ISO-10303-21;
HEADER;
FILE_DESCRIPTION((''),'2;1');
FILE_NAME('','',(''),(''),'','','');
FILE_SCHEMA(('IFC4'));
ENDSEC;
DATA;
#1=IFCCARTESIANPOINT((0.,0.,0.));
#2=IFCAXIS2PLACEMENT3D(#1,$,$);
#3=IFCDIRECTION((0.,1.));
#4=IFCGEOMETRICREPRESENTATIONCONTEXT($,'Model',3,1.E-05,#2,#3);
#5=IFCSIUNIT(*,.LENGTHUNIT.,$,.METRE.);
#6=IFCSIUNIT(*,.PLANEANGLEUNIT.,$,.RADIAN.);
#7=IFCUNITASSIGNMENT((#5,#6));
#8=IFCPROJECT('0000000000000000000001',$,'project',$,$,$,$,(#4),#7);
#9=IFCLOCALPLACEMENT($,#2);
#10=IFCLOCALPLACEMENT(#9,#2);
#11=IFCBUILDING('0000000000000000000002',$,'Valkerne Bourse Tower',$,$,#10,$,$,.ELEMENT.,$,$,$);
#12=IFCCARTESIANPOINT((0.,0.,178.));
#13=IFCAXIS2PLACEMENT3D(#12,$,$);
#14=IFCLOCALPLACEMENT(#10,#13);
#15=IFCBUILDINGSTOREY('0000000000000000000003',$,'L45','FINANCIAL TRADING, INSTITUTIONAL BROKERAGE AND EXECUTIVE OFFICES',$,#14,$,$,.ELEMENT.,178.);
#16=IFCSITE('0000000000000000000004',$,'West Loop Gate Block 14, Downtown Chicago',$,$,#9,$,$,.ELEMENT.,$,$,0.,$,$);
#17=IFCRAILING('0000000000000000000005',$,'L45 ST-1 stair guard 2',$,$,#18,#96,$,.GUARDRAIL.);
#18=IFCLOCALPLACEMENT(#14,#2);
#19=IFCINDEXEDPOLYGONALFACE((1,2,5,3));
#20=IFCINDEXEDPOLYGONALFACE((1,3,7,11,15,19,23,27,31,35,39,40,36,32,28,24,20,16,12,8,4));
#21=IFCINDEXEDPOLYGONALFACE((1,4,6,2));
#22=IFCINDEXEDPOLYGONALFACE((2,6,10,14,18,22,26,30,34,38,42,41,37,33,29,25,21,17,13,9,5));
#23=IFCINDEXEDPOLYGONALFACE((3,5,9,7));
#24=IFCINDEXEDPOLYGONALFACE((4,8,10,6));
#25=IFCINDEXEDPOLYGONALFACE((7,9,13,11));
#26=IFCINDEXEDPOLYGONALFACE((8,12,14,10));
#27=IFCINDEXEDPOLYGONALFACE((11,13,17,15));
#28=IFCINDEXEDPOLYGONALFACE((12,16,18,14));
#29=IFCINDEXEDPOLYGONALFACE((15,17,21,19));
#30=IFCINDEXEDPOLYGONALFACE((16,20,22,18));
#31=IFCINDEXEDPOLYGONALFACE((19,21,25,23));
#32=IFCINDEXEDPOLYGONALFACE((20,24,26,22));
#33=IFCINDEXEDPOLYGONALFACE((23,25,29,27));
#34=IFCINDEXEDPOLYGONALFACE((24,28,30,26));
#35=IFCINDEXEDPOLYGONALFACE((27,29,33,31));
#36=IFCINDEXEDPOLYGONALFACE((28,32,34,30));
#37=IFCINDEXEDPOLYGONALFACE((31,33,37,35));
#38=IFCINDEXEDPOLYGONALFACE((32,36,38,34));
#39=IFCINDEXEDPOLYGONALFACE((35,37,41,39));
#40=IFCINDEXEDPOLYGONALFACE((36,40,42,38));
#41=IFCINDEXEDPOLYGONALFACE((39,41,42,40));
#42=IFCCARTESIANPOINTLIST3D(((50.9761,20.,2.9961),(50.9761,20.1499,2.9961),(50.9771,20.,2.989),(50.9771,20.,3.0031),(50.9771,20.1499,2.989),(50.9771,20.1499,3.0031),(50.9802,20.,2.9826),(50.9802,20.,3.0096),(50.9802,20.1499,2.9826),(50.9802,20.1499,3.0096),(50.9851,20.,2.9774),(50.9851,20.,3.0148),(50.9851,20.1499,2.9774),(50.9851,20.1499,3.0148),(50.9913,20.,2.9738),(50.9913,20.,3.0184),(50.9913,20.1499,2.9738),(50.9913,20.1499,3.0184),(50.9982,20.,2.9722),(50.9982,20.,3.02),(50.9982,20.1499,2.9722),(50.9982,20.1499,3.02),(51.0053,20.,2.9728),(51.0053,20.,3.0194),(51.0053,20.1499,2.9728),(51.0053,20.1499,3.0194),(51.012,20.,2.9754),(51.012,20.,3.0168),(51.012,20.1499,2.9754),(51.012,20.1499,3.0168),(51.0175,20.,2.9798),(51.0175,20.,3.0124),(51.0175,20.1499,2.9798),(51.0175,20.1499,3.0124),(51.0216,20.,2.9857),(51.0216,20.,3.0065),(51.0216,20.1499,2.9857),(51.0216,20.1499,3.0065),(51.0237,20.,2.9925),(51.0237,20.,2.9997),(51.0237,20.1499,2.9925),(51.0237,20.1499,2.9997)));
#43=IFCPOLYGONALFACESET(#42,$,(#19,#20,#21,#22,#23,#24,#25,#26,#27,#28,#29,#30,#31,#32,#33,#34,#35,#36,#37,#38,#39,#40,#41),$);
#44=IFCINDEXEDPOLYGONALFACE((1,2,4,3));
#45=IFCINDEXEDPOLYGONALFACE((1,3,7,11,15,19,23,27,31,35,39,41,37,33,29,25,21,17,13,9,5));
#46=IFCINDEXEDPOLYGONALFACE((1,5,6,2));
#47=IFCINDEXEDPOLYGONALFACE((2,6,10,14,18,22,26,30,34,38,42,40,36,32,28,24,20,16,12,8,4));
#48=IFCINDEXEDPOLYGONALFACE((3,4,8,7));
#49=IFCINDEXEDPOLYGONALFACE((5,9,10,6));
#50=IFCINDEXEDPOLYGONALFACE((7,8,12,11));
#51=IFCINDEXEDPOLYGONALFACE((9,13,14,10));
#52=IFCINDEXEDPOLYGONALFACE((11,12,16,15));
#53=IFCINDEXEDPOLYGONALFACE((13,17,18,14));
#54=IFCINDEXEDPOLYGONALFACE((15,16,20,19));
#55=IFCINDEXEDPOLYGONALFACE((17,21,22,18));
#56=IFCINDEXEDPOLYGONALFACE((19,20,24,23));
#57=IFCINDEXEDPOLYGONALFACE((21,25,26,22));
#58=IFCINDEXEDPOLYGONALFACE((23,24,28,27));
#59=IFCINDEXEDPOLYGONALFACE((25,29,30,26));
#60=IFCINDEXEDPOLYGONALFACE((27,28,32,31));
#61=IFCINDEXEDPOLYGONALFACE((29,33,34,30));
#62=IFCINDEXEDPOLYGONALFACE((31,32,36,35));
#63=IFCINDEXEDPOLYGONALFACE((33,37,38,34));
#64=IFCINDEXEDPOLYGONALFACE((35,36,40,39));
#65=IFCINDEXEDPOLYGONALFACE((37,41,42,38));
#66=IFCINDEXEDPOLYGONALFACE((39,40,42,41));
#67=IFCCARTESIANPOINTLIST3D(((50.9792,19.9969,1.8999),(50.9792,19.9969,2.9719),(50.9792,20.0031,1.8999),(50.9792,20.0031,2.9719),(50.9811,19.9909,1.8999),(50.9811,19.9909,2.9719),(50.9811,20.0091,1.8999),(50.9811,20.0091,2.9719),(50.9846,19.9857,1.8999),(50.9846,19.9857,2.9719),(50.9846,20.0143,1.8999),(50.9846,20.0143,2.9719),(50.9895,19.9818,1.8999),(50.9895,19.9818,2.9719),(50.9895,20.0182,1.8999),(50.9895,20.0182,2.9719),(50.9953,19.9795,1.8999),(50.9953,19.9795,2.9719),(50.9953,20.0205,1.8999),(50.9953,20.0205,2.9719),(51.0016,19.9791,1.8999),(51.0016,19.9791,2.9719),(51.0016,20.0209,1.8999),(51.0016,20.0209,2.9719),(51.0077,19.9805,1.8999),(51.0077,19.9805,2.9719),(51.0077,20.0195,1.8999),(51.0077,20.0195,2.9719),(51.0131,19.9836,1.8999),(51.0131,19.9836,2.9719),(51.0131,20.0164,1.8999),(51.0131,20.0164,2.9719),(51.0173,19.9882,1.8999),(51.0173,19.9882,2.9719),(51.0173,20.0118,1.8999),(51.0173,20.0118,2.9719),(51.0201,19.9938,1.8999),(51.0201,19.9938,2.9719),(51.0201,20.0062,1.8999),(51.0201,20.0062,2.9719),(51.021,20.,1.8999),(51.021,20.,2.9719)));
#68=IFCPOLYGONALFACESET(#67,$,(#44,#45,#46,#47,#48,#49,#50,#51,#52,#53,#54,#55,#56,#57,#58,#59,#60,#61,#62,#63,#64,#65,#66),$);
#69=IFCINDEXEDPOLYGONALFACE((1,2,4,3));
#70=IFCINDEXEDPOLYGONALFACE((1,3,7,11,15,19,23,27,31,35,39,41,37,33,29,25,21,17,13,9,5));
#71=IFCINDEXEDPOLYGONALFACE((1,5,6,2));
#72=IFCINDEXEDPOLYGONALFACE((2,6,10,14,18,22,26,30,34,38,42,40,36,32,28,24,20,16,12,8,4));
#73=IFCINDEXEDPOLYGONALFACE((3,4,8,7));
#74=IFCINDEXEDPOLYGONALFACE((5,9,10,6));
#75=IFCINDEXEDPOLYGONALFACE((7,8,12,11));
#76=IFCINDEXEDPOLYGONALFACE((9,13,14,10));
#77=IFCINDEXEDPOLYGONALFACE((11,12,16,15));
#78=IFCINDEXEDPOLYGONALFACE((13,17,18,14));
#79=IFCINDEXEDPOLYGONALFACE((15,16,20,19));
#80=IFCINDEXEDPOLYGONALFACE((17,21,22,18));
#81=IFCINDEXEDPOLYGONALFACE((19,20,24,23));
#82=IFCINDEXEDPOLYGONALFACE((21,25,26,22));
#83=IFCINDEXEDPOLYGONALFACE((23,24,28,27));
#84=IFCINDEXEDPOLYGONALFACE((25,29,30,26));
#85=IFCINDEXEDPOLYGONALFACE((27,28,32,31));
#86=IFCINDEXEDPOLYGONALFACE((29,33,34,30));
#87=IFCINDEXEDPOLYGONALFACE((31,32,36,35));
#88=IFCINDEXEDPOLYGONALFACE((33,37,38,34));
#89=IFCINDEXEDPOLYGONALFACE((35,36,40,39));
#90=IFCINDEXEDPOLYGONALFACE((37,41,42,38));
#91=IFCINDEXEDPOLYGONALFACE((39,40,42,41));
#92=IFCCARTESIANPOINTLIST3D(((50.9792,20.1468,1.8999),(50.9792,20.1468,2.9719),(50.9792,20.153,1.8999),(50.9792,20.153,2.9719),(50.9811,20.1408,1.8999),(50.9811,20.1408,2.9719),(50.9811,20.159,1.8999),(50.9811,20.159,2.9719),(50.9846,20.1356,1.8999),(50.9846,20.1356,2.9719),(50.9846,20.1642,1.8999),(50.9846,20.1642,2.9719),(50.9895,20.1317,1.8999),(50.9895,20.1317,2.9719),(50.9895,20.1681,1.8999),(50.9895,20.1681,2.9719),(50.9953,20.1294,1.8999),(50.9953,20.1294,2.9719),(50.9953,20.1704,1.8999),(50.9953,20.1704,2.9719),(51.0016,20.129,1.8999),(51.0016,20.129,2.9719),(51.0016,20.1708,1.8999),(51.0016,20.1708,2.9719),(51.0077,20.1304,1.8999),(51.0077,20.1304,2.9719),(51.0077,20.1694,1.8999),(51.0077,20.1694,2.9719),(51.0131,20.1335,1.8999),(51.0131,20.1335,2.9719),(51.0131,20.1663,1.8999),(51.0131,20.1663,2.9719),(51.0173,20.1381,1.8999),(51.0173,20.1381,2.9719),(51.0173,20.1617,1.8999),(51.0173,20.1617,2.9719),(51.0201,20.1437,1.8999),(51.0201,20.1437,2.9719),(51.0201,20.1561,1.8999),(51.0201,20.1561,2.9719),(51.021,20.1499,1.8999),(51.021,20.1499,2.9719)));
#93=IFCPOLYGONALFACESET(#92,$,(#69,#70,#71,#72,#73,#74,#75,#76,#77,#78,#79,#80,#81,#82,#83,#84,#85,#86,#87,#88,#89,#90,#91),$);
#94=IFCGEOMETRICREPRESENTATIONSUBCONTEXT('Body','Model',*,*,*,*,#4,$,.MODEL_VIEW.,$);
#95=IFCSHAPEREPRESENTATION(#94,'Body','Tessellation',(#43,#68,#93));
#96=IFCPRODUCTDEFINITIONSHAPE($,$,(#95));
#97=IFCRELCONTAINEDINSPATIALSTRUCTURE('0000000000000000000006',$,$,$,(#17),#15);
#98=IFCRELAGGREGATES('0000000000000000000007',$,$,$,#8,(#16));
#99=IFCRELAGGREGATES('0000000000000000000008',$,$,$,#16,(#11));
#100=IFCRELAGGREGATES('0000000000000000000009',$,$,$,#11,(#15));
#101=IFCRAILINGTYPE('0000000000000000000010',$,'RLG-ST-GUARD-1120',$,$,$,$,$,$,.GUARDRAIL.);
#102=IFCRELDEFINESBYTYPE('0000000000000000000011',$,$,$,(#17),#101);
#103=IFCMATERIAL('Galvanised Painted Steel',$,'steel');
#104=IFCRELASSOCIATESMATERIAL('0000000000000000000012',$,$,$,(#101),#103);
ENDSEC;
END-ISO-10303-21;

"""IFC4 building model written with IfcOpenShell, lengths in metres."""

from ifc_helpers import new_model, si_unit, direction, frame, origin, origin_2d, place, context, subcontext, project, spatial, circle, extrude, material, type_object, element, save


model = new_model("IFC4")

# Units and contexts
model_context = context("Model", 3, precision=1e-05, world=origin(), true_north=direction((0.0, 1.0)))
body_context = subcontext(model_context, "Body", "Model", "MODEL_VIEW")
ifc_project = project(units=[si_unit("LENGTHUNIT", "METRE"), si_unit("PLANEANGLEUNIT", "RADIAN")], contexts=[model_context])

# Site, building, storey
site_placement = place(None, origin())
site = spatial("IfcSite", under=ifc_project, at=site_placement, Name="West Loop Gate Block 14, Downtown Chicago", CompositionType="ELEMENT", RefElevation=0.0)
building_placement = place(site_placement, origin())
building = spatial("IfcBuilding", under=site, at=building_placement, Name="Valkerne Bourse Tower", CompositionType="ELEMENT")
storey_placement = place(building_placement, frame((0.0, 0.0, 178.0)))
storey = spatial("IfcBuildingStorey", under=building, at=storey_placement, Name="L45", Description="FINANCIAL TRADING, INSTITUTIONAL BROKERAGE AND EXECUTIVE OFFICES", CompositionType="ELEMENT", Elevation=178.0)

# Shared definitions
ifc_material_1 = material(Name="Galvanised Painted Steel", Category="steel")

# Railing
railing_type_1 = type_object("IfcRailingType", Name="RLG-ST-GUARD-1120", PredefinedType="GUARDRAIL", material=ifc_material_1)
railing_1_placement = place(storey_placement, frame((51.0, 20.0, 1.8999)))
element("IfcRailing", 1, at=railing_1_placement, inside=storey, type_object=railing_type_1, Name="L45 ST-1 stair guard 2", PredefinedType="GUARDRAIL", context=body_context, shape_type="SweptSolid", body=[
    extrude(circle(Radius=0.0239, at=origin_2d()), frame((0.0, 0.0, 1.0962), z_axis=(0.0, 1.0, 0.0), x_axis=(-1.0, 0.0, 0.0)), (0.0, 0.0, 1.0), 0.1499),
    extrude(circle(Radius=0.021, at=origin_2d()), origin(), (0.0, 0.0, 1.0), 1.072),
    extrude(circle(Radius=0.021, at=origin_2d()), frame((0.0, 0.1499, 0.0)), (0.0, 0.0, 1.0), 1.072),
])

save(model, "model.ifc")
